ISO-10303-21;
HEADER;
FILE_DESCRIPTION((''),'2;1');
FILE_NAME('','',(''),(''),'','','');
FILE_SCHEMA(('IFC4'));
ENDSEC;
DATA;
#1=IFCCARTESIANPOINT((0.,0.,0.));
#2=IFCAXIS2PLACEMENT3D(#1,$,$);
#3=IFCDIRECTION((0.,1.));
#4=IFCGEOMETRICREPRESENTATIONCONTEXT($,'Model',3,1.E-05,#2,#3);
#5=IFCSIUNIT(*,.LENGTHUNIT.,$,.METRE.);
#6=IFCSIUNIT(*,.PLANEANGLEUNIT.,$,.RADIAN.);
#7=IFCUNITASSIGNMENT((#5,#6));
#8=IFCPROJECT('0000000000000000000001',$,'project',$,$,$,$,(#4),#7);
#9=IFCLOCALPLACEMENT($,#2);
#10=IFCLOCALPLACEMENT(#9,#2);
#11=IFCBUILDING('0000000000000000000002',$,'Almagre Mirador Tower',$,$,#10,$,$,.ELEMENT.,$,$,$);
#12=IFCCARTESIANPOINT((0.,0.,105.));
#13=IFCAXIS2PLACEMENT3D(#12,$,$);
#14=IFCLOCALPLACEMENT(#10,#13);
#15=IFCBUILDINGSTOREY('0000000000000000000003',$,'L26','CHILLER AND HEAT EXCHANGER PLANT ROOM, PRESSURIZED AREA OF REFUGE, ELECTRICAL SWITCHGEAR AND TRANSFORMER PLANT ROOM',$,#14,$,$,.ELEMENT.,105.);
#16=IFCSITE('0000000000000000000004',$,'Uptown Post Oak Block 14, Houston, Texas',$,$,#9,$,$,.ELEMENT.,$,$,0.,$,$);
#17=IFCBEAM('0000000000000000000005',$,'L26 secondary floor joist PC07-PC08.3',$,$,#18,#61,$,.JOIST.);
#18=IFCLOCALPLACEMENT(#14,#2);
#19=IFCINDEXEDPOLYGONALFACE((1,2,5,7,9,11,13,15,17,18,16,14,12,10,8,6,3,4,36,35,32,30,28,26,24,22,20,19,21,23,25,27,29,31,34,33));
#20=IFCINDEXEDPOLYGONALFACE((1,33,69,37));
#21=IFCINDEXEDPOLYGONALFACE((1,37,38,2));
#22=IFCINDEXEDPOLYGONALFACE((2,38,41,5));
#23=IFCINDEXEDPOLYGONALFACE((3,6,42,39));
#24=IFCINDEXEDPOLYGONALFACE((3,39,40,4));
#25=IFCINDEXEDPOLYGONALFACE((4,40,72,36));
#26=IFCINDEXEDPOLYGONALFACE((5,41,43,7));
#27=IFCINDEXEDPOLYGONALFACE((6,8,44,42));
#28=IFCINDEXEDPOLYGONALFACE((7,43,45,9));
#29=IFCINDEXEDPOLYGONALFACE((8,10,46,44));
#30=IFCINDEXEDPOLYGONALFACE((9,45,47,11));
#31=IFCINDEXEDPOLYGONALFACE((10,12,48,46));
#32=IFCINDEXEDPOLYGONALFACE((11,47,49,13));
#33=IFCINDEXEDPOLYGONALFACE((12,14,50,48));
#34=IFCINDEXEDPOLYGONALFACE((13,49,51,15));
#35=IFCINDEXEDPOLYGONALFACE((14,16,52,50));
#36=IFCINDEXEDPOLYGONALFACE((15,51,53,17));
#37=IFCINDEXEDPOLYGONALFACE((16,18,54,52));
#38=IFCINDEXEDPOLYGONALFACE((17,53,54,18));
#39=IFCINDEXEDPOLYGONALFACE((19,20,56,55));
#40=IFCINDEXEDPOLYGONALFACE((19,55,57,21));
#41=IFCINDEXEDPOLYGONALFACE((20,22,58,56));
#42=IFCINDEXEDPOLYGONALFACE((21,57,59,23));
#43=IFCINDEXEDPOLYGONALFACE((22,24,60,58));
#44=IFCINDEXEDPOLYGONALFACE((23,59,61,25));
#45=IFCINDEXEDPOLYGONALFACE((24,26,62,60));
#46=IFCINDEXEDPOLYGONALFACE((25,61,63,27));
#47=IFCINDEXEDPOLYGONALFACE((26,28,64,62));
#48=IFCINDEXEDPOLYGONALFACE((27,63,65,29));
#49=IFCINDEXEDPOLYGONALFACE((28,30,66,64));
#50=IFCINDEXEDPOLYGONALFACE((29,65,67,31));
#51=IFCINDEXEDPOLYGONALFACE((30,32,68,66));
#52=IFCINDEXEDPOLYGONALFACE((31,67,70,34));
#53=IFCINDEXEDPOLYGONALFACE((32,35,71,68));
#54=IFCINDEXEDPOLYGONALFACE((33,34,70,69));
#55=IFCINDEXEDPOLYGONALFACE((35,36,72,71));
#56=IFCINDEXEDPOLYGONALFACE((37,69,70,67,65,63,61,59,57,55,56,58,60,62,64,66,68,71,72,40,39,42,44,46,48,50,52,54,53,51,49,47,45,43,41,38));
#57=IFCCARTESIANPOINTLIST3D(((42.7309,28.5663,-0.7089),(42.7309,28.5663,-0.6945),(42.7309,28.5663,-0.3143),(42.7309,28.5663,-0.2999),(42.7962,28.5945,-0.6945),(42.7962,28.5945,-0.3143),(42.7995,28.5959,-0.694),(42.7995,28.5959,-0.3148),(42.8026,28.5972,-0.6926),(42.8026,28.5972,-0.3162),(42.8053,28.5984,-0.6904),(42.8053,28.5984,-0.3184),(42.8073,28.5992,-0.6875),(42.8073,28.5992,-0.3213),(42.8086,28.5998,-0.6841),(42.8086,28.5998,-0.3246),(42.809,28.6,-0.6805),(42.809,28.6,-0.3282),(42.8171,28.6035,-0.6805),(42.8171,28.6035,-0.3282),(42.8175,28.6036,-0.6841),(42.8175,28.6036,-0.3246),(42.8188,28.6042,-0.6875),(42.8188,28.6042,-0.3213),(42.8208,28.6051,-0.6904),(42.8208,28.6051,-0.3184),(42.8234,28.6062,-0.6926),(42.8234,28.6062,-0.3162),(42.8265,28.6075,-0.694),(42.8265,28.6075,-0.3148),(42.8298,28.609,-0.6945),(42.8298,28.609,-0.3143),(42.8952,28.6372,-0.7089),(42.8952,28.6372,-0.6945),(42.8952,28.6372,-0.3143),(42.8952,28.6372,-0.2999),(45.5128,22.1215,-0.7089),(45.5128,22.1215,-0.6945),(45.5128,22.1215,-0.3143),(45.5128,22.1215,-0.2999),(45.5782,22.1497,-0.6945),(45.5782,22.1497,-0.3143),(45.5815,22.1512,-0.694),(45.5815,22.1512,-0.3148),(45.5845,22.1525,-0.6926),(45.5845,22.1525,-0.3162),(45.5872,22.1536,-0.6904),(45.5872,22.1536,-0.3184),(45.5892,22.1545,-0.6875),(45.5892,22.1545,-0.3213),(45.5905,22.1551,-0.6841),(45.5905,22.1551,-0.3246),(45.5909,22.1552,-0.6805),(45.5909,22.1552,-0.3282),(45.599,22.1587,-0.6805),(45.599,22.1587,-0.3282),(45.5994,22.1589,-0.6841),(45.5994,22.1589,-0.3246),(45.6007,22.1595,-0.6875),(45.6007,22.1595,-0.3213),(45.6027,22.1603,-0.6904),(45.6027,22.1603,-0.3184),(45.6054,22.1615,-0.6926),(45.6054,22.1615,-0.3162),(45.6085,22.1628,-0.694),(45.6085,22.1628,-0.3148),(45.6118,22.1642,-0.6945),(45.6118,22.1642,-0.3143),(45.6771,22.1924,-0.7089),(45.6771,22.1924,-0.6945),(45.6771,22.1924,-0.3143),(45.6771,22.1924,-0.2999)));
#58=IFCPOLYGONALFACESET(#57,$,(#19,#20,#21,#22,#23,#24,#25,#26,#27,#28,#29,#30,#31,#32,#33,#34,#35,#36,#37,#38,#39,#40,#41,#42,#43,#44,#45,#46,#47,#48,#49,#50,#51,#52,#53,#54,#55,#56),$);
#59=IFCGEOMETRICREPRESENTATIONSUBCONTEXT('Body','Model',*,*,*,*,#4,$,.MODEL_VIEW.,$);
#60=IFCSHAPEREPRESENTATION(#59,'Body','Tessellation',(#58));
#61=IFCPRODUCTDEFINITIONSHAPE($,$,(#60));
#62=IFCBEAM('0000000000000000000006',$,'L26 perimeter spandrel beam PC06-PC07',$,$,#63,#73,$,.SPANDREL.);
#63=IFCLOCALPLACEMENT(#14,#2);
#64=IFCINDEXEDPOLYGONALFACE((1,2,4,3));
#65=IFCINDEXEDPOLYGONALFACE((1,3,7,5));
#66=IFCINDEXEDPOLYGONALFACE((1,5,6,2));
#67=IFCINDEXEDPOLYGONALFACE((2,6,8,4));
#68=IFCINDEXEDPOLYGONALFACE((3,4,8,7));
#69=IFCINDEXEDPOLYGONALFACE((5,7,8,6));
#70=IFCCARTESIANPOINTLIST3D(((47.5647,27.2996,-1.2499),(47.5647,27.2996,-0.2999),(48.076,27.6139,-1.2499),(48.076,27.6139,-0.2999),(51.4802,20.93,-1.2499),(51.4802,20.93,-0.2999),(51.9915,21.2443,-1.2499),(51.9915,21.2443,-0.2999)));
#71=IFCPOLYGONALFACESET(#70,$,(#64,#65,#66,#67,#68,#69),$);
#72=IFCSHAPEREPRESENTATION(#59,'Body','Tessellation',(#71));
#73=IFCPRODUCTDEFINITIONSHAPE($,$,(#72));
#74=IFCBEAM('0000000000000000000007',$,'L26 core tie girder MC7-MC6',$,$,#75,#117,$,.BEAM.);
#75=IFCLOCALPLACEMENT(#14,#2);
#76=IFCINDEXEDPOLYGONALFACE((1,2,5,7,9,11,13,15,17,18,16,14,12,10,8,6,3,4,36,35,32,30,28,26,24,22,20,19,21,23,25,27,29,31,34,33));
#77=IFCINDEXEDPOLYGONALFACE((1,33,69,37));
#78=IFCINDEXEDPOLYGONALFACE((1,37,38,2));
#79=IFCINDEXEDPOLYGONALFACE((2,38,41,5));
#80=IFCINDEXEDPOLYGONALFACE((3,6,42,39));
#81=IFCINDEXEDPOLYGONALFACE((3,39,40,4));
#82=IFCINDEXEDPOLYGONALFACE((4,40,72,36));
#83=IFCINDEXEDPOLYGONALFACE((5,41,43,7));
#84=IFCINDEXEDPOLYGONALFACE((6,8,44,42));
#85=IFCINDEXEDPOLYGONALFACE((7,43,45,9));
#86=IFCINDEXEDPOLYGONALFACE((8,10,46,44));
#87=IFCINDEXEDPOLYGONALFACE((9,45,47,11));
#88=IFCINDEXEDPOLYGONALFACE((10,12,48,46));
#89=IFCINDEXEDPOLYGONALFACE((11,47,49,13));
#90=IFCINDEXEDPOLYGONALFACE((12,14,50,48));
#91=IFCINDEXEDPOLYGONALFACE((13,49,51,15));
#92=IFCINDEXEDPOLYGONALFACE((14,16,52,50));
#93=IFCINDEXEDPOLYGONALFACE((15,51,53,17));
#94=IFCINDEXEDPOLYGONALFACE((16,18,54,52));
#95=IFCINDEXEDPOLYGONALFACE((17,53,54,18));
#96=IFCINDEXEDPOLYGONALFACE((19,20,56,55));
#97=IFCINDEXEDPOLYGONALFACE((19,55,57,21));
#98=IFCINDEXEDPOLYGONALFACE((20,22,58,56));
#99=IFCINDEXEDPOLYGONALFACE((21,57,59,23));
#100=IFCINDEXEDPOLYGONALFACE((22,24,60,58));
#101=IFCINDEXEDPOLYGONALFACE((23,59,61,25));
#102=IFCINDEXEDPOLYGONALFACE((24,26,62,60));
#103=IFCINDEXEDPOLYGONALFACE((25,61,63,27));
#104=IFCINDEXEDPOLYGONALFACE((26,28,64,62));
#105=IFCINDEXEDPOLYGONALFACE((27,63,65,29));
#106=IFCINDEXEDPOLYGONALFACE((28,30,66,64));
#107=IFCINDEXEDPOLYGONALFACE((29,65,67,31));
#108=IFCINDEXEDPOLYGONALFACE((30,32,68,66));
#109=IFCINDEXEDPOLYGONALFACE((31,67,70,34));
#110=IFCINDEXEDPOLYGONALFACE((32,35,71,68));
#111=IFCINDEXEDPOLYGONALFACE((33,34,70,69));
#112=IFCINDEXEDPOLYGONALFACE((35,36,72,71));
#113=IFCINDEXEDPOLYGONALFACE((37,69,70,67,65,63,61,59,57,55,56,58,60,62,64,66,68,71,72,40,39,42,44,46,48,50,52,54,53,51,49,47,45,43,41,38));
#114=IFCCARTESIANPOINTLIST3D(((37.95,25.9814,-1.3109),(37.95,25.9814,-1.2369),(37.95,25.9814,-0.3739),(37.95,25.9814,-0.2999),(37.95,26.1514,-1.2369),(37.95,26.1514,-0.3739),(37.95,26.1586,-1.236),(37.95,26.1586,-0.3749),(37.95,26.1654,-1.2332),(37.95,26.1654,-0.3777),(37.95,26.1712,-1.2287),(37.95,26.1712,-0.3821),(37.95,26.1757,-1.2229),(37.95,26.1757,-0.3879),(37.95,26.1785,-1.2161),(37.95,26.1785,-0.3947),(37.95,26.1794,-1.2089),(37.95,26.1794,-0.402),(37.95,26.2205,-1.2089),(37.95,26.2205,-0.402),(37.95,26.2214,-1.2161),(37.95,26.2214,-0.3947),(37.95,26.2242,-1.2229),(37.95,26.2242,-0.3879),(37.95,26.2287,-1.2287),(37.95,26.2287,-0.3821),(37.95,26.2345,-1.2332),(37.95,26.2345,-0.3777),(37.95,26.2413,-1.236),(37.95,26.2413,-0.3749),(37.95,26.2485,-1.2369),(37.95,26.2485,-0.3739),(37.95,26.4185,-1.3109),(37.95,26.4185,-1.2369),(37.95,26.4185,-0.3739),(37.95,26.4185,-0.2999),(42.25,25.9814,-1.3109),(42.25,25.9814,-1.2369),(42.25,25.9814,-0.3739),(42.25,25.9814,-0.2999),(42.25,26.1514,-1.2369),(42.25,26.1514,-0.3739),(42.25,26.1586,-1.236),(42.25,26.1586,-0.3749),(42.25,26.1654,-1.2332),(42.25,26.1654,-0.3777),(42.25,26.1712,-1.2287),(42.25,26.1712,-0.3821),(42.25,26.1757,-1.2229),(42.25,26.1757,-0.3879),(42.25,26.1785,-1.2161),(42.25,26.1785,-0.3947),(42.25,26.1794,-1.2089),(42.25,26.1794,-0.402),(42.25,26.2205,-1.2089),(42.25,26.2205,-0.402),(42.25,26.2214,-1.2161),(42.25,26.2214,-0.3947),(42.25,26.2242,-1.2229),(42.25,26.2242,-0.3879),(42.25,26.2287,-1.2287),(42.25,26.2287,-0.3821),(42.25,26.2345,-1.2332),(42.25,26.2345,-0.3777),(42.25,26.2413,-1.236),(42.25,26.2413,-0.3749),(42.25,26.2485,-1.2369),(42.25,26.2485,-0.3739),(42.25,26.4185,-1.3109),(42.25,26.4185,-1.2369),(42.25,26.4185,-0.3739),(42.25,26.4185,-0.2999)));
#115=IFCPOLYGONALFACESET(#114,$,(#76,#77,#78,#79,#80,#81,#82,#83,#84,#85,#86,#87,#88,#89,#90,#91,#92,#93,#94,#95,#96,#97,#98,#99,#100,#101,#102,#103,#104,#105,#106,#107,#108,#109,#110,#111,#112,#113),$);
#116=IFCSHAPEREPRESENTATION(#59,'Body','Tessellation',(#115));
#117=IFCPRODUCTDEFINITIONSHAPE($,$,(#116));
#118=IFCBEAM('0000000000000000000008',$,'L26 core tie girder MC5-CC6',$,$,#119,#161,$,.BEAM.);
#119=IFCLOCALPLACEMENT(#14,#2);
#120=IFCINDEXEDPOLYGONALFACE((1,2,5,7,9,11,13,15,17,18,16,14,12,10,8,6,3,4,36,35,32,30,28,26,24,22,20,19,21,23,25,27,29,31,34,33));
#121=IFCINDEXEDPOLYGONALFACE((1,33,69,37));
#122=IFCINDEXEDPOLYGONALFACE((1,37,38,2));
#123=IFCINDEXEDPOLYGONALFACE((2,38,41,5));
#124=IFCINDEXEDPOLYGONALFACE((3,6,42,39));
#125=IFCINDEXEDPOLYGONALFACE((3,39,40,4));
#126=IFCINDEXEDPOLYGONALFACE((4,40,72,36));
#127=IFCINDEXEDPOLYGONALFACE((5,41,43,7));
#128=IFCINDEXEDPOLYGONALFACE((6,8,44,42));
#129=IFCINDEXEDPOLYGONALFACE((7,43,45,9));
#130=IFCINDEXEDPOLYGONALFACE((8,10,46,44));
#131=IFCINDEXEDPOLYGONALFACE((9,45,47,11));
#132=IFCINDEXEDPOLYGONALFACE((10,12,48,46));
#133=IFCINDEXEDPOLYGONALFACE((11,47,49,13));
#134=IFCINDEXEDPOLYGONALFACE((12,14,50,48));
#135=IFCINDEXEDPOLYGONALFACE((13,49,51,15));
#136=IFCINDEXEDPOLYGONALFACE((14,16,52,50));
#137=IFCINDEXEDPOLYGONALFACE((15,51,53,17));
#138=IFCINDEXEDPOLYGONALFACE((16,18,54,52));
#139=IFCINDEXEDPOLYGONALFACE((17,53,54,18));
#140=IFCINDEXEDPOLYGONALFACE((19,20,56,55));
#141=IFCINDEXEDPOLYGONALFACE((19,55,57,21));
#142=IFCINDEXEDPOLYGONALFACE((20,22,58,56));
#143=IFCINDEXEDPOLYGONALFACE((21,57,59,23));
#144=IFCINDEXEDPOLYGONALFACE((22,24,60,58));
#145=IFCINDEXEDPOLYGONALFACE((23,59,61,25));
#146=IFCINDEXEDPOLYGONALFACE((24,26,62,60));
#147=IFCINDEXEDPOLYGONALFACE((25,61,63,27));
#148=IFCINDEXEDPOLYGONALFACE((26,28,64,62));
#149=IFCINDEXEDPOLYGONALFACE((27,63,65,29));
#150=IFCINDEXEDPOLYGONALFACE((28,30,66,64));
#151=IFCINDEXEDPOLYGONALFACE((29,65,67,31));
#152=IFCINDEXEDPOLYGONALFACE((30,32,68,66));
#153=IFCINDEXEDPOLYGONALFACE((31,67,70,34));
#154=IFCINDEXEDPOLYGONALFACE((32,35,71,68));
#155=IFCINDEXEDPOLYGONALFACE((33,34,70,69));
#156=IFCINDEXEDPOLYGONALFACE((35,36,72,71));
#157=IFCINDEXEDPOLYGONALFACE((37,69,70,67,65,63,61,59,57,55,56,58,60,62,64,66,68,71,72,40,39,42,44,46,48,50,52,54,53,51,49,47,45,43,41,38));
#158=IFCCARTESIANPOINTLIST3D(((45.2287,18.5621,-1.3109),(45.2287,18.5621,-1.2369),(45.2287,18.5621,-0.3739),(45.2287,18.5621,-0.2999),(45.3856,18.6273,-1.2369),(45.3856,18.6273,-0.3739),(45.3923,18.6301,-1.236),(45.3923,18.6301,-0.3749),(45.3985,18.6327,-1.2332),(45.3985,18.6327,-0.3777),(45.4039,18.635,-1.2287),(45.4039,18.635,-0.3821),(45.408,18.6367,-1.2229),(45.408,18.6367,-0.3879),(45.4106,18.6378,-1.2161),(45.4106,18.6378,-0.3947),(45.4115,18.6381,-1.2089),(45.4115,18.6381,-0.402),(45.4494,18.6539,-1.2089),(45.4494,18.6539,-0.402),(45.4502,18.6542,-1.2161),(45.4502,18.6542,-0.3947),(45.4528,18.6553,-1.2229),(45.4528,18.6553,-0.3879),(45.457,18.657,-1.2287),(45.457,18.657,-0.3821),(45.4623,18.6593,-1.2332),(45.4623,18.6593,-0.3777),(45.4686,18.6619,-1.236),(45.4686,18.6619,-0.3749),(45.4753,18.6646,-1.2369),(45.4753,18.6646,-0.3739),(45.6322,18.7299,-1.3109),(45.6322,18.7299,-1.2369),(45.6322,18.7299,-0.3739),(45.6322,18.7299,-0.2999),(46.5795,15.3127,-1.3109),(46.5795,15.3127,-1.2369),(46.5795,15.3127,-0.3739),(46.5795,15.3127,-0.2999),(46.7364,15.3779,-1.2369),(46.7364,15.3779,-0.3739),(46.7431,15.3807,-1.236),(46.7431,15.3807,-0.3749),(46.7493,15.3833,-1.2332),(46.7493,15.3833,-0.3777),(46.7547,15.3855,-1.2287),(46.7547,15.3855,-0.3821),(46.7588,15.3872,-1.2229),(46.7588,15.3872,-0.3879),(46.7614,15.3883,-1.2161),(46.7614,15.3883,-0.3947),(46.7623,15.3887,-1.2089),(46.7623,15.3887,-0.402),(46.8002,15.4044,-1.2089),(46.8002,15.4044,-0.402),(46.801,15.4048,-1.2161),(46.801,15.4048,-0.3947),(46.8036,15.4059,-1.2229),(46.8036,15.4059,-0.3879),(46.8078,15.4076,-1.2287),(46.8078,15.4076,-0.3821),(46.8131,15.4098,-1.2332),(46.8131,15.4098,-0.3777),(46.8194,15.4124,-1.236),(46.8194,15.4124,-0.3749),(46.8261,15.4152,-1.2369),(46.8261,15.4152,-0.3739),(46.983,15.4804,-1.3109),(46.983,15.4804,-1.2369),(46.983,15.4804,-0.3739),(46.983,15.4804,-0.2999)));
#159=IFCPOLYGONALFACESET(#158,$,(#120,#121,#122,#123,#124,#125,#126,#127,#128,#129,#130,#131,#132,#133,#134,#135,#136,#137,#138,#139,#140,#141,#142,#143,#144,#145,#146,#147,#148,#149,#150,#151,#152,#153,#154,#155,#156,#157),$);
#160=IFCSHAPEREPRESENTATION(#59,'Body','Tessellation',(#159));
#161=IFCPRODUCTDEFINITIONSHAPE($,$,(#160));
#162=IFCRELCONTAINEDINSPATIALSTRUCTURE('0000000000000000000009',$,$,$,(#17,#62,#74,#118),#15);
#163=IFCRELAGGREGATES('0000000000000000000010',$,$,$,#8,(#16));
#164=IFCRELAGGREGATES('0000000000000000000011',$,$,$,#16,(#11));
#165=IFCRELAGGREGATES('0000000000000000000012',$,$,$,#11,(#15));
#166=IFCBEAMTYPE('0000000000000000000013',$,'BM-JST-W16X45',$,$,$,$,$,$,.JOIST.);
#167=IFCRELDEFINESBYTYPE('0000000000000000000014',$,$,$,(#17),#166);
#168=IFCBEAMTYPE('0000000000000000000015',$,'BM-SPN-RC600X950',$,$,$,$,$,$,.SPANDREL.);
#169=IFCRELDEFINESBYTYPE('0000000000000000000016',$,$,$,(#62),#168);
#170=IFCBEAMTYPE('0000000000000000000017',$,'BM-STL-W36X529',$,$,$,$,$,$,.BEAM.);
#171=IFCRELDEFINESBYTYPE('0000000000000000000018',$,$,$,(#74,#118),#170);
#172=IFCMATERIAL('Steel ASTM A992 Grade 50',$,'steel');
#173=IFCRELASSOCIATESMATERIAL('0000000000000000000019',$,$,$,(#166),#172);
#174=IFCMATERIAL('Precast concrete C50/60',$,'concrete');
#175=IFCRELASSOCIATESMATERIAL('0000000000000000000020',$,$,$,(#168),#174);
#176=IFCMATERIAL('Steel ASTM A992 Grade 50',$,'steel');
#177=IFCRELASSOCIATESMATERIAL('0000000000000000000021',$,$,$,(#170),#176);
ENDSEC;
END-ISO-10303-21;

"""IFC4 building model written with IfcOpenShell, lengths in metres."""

from ifc_helpers import new_model, si_unit, direction, frame, origin, origin_2d, place, context, subcontext, project, spatial, rectangle, i_section, extrude, material, material_profile, profile_set, type_object, element, save


model = new_model("IFC4")

# Units and contexts
model_context = context("Model", 3, precision=1e-05, world=origin(), true_north=direction((0.0, 1.0)))
body_context = subcontext(model_context, "Body", "Model", "MODEL_VIEW")
ifc_project = project(units=[si_unit("LENGTHUNIT", "METRE"), si_unit("PLANEANGLEUNIT", "RADIAN")], contexts=[model_context])

# Site, building, storey
site_placement = place(None, origin())
site = spatial("IfcSite", under=ifc_project, at=site_placement, Name="Uptown Post Oak Block 14, Houston, Texas", CompositionType="ELEMENT", RefElevation=0.0)
building_placement = place(site_placement, origin())
building = spatial("IfcBuilding", under=site, at=building_placement, Name="Almagre Mirador Tower", CompositionType="ELEMENT")
storey_placement = place(building_placement, frame((0.0, 0.0, 105.0)))
storey = spatial("IfcBuildingStorey", under=building, at=storey_placement, Name="L26", Description="CHILLER AND HEAT EXCHANGER PLANT ROOM, PRESSURIZED AREA OF REFUGE, ELECTRICAL SWITCHGEAR AND TRANSFORMER PLANT ROOM", CompositionType="ELEMENT", Elevation=105.0)

# Beams
ifc_material_1 = material(Name="Steel ASTM A992 Grade 50", Category="steel")
ifc_material_profile_1 = material_profile(ifc_material_1, i_section(OverallWidth=0.179, OverallDepth=0.4089, WebThickness=0.0088, FlangeThickness=0.0144, FilletRadius=0.0139, at=origin_2d()), Name="W16X45")
ifc_profile_set_1 = profile_set([ifc_material_profile_1], Name="Steel ASTM A992 Grade 50")
beam_type_1 = type_object("IfcBeamType", Name="BM-JST-W16X45", PredefinedType="JOIST", material=ifc_profile_set_1)
beam_1_placement = place(storey_placement, frame((45.595, 22.157, -0.5044), z_axis=(-0.396315, 0.918115, 0.0), x_axis=(-0.918115, -0.396315, 0.0)))
element("IfcBeam", 1, at=beam_1_placement, inside=storey, type_object=beam_type_1, Name="L26 secondary floor joist PC07-PC08.3", PredefinedType="JOIST", context=body_context, shape_type="SweptSolid", body=[
    extrude(i_section(OverallWidth=0.179, OverallDepth=0.4089, WebThickness=0.0088, FlangeThickness=0.0144, FilletRadius=0.0139, at=origin_2d()), origin(), (0.0, 0.0, 1.0), 7.0195),
])
ifc_material_2 = material(Name="Precast concrete C50/60", Category="concrete")
ifc_material_profile_2 = material_profile(ifc_material_2, rectangle(XDim=0.6001, YDim=0.95, at=origin_2d()), Name="RC600X950")
ifc_profile_set_2 = profile_set([ifc_material_profile_2], Name="Precast concrete C50/60")
beam_type_2 = type_object("IfcBeamType", Name="BM-SPN-RC600X950", PredefinedType="SPANDREL", material=ifc_profile_set_2)
beam_2_placement = place(storey_placement, frame((51.7358, 21.0872, -0.7749), z_axis=(-0.523686, 0.851912, 0.0), x_axis=(-0.851912, -0.523686, 0.0)))
element("IfcBeam", 2, at=beam_2_placement, inside=storey, type_object=beam_type_2, Name="L26 perimeter spandrel beam PC06-PC07", PredefinedType="SPANDREL", context=body_context, shape_type="SweptSolid", body=[
    extrude(rectangle(XDim=0.6001, YDim=0.95, at=origin_2d()), origin(), (0.0, 0.0, 1.0), 7.4768),
])
ifc_material_3 = material(Name="Steel ASTM A992 Grade 50", Category="steel")
ifc_material_profile_3 = material_profile(ifc_material_3, i_section(OverallWidth=0.437, OverallDepth=1.011, WebThickness=0.041, FlangeThickness=0.074, FilletRadius=0.0281, at=origin_2d()), Name="W36X529")
ifc_profile_set_3 = profile_set([ifc_material_profile_3], Name="Steel ASTM A992 Grade 50")
beam_type_3 = type_object("IfcBeamType", Name="BM-STL-W36X529", PredefinedType="BEAM", material=ifc_profile_set_3)
beam_3_placement = place(storey_placement, frame((37.95, 26.2, -0.8054), z_axis=(1.0, 0.0, 0.0), x_axis=(0.0, 1.0, 0.0)))
element("IfcBeam", 3, at=beam_3_placement, inside=storey, type_object=beam_type_3, Name="L26 core tie girder MC7-MC6", PredefinedType="BEAM", context=body_context, shape_type="SweptSolid", body=[
    extrude(i_section(OverallWidth=0.437, OverallDepth=1.011, WebThickness=0.041, FlangeThickness=0.074, FilletRadius=0.0281, at=origin_2d()), origin(), (0.0, 0.0, 1.0), 4.3),
])
beam_4_placement = place(storey_placement, frame((45.4304, 18.646, -0.8054), z_axis=(0.383857, -0.923393, 0.0), x_axis=(0.923393, 0.383857, 0.0)))
element("IfcBeam", 4, at=beam_4_placement, inside=storey, type_object=beam_type_3, Name="L26 core tie girder MC5-CC6", PredefinedType="BEAM", context=body_context, shape_type="SweptSolid", body=[
    extrude(i_section(OverallWidth=0.437, OverallDepth=1.011, WebThickness=0.041, FlangeThickness=0.074, FilletRadius=0.0281, at=origin_2d()), origin(), (0.0, 0.0, 1.0), 3.519),
])

save(model, "model.ifc")
